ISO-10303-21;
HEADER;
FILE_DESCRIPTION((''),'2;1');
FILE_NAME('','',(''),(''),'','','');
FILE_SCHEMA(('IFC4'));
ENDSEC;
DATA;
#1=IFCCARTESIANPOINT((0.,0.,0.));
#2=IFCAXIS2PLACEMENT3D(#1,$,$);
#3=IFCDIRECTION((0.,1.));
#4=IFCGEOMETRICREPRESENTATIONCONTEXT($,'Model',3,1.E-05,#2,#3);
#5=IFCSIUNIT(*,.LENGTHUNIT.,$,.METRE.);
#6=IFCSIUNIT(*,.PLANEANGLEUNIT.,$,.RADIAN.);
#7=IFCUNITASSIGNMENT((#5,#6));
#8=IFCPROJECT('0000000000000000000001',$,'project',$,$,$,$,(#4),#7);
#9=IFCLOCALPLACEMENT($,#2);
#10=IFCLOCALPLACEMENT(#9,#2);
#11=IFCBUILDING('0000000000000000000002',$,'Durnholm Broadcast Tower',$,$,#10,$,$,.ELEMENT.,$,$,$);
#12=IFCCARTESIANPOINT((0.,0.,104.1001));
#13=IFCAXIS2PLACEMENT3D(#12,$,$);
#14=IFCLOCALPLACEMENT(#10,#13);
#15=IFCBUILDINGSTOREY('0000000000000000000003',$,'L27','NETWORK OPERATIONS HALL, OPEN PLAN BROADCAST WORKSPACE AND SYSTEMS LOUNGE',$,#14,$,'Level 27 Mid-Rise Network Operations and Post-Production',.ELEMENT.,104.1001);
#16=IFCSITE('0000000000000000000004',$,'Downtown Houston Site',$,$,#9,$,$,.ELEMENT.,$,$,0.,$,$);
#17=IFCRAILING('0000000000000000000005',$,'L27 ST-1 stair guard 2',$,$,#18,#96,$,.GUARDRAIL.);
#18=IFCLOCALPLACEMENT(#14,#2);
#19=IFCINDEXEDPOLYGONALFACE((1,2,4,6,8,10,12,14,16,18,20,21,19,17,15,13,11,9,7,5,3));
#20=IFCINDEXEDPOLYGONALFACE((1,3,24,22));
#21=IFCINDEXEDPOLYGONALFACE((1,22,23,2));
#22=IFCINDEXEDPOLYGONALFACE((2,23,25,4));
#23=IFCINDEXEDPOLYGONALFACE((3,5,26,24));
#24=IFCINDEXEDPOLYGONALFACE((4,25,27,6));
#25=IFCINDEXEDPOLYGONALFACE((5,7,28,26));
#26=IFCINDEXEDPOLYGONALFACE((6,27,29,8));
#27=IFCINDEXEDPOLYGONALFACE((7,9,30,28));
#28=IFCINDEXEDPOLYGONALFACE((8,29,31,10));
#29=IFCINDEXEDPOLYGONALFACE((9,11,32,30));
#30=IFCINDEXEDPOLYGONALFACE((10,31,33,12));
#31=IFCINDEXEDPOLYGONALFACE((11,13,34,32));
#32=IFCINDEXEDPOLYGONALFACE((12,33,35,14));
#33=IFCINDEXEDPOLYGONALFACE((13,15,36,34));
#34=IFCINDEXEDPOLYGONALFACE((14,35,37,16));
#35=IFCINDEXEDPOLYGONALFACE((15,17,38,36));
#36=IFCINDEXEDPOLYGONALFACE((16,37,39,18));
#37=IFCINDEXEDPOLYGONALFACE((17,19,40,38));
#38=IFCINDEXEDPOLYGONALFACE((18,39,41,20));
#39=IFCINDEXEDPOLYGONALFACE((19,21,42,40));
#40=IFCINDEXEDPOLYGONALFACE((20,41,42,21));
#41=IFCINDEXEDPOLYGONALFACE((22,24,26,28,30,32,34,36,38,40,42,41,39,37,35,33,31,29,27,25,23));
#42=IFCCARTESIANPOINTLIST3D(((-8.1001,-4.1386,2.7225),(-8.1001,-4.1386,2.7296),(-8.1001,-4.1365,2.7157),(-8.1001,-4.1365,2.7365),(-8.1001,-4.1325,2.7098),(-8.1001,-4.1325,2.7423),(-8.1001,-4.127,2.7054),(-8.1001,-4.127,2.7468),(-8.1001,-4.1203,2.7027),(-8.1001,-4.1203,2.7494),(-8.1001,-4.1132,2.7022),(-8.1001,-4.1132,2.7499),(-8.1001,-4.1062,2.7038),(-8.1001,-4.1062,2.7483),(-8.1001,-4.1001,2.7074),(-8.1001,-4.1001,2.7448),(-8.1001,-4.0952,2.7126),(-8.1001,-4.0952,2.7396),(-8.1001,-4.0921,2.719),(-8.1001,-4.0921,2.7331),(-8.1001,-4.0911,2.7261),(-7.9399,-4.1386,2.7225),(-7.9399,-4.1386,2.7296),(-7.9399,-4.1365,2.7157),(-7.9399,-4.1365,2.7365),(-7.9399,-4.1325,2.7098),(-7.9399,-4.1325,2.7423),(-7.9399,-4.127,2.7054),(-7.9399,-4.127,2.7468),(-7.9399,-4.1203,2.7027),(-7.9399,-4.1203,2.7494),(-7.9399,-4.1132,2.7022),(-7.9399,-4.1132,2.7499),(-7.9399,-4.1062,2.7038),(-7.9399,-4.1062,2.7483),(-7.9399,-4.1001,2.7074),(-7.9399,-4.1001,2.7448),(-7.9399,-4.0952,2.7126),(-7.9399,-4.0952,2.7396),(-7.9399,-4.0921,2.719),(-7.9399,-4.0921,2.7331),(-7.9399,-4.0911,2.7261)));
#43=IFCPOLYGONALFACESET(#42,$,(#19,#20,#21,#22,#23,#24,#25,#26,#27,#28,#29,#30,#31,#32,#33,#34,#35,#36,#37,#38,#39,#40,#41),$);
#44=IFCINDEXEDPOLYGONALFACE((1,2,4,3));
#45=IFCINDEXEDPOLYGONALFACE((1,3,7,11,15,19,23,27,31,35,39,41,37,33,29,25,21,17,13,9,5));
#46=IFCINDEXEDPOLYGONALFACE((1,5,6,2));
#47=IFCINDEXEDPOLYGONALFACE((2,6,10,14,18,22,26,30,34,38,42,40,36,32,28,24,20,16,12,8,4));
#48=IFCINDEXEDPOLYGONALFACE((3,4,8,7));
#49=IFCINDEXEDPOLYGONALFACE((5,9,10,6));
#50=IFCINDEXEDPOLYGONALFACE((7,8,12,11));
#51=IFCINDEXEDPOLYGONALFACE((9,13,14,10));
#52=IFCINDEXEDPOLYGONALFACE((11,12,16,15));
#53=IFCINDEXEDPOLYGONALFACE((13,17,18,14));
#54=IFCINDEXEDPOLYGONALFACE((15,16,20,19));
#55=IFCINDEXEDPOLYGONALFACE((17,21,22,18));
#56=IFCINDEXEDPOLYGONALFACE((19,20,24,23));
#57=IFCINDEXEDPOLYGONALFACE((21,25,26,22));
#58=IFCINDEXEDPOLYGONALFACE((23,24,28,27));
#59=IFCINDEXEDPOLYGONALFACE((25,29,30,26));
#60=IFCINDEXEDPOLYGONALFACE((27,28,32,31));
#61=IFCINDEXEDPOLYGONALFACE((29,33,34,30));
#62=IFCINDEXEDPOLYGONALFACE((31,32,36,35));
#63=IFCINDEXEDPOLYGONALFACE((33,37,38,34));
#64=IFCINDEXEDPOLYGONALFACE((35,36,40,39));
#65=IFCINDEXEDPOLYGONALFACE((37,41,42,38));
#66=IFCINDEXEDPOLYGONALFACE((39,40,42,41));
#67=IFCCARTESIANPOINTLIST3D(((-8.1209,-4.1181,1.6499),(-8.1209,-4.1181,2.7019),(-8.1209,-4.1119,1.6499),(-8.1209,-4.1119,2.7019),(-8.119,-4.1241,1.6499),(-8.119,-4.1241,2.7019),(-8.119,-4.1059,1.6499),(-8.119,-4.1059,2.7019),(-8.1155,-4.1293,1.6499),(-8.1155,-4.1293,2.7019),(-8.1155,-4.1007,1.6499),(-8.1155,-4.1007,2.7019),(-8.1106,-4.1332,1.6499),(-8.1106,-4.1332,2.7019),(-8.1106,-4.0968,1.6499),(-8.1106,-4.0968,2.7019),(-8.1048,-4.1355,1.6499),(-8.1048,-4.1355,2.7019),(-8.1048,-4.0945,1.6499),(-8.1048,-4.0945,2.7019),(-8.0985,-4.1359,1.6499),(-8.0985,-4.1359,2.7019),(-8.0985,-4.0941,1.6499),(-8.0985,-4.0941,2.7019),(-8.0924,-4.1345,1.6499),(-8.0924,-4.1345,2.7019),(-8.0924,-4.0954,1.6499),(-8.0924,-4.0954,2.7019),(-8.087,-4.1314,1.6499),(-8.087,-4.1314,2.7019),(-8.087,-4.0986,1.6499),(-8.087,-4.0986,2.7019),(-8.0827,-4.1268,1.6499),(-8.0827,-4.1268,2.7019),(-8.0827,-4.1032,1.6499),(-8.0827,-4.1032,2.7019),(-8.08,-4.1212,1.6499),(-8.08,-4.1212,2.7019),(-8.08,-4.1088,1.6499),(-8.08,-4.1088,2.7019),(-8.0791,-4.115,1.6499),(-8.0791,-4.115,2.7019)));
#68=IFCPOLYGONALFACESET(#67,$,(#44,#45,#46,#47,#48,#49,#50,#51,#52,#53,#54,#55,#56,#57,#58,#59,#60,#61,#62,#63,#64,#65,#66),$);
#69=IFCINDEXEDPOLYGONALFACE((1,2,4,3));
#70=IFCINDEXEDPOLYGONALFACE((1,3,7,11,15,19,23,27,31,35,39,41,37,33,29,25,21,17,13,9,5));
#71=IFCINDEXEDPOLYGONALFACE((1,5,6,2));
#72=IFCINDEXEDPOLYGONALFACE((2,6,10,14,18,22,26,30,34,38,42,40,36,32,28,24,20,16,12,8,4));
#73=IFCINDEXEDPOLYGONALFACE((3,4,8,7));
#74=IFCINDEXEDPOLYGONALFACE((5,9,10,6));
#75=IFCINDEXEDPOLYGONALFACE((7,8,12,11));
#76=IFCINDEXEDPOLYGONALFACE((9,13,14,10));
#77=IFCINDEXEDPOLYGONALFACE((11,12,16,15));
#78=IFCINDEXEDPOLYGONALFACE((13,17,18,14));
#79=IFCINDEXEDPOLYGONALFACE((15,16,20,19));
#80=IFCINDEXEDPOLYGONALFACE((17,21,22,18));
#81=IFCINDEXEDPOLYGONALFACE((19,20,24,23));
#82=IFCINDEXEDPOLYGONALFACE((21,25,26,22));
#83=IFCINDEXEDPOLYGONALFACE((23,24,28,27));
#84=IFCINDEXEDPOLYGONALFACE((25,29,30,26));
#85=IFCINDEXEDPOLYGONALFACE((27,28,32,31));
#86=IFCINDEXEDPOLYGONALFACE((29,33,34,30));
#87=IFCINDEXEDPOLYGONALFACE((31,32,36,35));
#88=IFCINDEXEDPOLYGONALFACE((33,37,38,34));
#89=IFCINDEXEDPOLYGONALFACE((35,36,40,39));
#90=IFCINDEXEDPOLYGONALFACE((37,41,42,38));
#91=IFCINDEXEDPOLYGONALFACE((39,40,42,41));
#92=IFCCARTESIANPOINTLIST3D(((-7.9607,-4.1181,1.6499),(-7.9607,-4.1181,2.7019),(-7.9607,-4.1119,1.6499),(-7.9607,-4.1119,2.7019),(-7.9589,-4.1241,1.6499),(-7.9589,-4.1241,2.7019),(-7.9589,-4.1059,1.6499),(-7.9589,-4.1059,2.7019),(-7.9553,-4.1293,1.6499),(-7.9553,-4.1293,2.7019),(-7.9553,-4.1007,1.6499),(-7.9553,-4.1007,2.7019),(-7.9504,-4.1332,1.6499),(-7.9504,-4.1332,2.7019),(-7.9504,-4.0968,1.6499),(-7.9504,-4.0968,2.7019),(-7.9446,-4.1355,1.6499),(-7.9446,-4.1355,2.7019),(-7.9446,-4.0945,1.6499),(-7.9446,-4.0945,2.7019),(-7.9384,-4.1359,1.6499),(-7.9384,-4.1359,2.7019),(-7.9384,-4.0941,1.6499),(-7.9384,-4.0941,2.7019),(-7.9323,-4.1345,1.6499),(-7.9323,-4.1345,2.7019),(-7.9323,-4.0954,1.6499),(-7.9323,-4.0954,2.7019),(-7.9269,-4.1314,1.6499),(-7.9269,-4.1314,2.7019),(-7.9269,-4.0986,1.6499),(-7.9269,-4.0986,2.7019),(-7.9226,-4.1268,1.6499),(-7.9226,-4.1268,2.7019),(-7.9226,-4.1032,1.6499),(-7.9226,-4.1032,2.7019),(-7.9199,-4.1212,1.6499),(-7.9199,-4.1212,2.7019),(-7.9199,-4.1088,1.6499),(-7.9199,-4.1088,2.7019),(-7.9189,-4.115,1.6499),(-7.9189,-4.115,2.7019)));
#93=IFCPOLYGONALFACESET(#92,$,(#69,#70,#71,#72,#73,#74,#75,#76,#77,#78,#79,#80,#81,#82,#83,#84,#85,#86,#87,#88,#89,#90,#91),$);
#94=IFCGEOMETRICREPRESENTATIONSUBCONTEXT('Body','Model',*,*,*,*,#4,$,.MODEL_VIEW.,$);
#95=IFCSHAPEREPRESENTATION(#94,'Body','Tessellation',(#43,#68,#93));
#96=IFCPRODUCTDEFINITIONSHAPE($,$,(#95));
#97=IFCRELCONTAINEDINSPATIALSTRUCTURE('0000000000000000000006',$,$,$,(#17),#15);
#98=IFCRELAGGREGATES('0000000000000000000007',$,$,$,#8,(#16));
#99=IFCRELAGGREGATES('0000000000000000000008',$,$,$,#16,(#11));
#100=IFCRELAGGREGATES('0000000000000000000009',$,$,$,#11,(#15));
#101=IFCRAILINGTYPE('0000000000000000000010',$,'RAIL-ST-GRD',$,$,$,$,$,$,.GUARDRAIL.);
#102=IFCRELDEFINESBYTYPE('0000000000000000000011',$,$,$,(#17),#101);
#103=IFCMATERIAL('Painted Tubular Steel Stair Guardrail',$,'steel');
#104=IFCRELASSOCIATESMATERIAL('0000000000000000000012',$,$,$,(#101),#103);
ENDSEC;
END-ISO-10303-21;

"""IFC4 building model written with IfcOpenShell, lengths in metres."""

from ifc_helpers import new_model, si_unit, direction, frame, origin, origin_2d, place, context, subcontext, project, spatial, circle, extrude, material, type_object, element, save


model = new_model("IFC4")

# Units and contexts
model_context = context("Model", 3, precision=1e-05, world=origin(), true_north=direction((0.0, 1.0)))
body_context = subcontext(model_context, "Body", "Model", "MODEL_VIEW")
ifc_project = project(units=[si_unit("LENGTHUNIT", "METRE"), si_unit("PLANEANGLEUNIT", "RADIAN")], contexts=[model_context])

# Site, building, storey
site_placement = place(None, origin())
site = spatial("IfcSite", under=ifc_project, at=site_placement, Name="Downtown Houston Site", CompositionType="ELEMENT", RefElevation=0.0)
building_placement = place(site_placement, origin())
building = spatial("IfcBuilding", under=site, at=building_placement, Name="Durnholm Broadcast Tower", CompositionType="ELEMENT")
storey_placement = place(building_placement, frame((0.0, 0.0, 104.1001)))
storey = spatial("IfcBuildingStorey", under=building, at=storey_placement, Name="L27", Description="NETWORK OPERATIONS HALL, OPEN PLAN BROADCAST WORKSPACE AND SYSTEMS LOUNGE", LongName="Level 27 Mid-Rise Network Operations and Post-Production", CompositionType="ELEMENT", Elevation=104.1001)

# Railing
ifc_material_1 = material(Name="Painted Tubular Steel Stair Guardrail", Category="steel")
railing_type_1 = type_object("IfcRailingType", Name="RAIL-ST-GRD", PredefinedType="GUARDRAIL", material=ifc_material_1)
railing_1_placement = place(storey_placement, frame((-8.1001, -4.115, 1.6499)))
element("IfcRailing", 1, at=railing_1_placement, inside=storey, type_object=railing_type_1, Name="L27 ST-1 stair guard 2", PredefinedType="GUARDRAIL", context=body_context, shape_type="SweptSolid", body=[
    extrude(circle(Radius=0.0239, at=origin_2d()), frame((0.0, 0.0, 1.0762), z_axis=(1.0, 0.0, 0.0), x_axis=(0.0, 1.0, 0.0)), (0.0, 0.0, 1.0), 0.1602),
    extrude(circle(Radius=0.021, at=origin_2d()), origin(), (0.0, 0.0, 1.0), 1.052),
    extrude(circle(Radius=0.021, at=origin_2d()), frame((0.1602, 0.0, 0.0)), (0.0, 0.0, 1.0), 1.052),
])

save(model, "model.ifc")
